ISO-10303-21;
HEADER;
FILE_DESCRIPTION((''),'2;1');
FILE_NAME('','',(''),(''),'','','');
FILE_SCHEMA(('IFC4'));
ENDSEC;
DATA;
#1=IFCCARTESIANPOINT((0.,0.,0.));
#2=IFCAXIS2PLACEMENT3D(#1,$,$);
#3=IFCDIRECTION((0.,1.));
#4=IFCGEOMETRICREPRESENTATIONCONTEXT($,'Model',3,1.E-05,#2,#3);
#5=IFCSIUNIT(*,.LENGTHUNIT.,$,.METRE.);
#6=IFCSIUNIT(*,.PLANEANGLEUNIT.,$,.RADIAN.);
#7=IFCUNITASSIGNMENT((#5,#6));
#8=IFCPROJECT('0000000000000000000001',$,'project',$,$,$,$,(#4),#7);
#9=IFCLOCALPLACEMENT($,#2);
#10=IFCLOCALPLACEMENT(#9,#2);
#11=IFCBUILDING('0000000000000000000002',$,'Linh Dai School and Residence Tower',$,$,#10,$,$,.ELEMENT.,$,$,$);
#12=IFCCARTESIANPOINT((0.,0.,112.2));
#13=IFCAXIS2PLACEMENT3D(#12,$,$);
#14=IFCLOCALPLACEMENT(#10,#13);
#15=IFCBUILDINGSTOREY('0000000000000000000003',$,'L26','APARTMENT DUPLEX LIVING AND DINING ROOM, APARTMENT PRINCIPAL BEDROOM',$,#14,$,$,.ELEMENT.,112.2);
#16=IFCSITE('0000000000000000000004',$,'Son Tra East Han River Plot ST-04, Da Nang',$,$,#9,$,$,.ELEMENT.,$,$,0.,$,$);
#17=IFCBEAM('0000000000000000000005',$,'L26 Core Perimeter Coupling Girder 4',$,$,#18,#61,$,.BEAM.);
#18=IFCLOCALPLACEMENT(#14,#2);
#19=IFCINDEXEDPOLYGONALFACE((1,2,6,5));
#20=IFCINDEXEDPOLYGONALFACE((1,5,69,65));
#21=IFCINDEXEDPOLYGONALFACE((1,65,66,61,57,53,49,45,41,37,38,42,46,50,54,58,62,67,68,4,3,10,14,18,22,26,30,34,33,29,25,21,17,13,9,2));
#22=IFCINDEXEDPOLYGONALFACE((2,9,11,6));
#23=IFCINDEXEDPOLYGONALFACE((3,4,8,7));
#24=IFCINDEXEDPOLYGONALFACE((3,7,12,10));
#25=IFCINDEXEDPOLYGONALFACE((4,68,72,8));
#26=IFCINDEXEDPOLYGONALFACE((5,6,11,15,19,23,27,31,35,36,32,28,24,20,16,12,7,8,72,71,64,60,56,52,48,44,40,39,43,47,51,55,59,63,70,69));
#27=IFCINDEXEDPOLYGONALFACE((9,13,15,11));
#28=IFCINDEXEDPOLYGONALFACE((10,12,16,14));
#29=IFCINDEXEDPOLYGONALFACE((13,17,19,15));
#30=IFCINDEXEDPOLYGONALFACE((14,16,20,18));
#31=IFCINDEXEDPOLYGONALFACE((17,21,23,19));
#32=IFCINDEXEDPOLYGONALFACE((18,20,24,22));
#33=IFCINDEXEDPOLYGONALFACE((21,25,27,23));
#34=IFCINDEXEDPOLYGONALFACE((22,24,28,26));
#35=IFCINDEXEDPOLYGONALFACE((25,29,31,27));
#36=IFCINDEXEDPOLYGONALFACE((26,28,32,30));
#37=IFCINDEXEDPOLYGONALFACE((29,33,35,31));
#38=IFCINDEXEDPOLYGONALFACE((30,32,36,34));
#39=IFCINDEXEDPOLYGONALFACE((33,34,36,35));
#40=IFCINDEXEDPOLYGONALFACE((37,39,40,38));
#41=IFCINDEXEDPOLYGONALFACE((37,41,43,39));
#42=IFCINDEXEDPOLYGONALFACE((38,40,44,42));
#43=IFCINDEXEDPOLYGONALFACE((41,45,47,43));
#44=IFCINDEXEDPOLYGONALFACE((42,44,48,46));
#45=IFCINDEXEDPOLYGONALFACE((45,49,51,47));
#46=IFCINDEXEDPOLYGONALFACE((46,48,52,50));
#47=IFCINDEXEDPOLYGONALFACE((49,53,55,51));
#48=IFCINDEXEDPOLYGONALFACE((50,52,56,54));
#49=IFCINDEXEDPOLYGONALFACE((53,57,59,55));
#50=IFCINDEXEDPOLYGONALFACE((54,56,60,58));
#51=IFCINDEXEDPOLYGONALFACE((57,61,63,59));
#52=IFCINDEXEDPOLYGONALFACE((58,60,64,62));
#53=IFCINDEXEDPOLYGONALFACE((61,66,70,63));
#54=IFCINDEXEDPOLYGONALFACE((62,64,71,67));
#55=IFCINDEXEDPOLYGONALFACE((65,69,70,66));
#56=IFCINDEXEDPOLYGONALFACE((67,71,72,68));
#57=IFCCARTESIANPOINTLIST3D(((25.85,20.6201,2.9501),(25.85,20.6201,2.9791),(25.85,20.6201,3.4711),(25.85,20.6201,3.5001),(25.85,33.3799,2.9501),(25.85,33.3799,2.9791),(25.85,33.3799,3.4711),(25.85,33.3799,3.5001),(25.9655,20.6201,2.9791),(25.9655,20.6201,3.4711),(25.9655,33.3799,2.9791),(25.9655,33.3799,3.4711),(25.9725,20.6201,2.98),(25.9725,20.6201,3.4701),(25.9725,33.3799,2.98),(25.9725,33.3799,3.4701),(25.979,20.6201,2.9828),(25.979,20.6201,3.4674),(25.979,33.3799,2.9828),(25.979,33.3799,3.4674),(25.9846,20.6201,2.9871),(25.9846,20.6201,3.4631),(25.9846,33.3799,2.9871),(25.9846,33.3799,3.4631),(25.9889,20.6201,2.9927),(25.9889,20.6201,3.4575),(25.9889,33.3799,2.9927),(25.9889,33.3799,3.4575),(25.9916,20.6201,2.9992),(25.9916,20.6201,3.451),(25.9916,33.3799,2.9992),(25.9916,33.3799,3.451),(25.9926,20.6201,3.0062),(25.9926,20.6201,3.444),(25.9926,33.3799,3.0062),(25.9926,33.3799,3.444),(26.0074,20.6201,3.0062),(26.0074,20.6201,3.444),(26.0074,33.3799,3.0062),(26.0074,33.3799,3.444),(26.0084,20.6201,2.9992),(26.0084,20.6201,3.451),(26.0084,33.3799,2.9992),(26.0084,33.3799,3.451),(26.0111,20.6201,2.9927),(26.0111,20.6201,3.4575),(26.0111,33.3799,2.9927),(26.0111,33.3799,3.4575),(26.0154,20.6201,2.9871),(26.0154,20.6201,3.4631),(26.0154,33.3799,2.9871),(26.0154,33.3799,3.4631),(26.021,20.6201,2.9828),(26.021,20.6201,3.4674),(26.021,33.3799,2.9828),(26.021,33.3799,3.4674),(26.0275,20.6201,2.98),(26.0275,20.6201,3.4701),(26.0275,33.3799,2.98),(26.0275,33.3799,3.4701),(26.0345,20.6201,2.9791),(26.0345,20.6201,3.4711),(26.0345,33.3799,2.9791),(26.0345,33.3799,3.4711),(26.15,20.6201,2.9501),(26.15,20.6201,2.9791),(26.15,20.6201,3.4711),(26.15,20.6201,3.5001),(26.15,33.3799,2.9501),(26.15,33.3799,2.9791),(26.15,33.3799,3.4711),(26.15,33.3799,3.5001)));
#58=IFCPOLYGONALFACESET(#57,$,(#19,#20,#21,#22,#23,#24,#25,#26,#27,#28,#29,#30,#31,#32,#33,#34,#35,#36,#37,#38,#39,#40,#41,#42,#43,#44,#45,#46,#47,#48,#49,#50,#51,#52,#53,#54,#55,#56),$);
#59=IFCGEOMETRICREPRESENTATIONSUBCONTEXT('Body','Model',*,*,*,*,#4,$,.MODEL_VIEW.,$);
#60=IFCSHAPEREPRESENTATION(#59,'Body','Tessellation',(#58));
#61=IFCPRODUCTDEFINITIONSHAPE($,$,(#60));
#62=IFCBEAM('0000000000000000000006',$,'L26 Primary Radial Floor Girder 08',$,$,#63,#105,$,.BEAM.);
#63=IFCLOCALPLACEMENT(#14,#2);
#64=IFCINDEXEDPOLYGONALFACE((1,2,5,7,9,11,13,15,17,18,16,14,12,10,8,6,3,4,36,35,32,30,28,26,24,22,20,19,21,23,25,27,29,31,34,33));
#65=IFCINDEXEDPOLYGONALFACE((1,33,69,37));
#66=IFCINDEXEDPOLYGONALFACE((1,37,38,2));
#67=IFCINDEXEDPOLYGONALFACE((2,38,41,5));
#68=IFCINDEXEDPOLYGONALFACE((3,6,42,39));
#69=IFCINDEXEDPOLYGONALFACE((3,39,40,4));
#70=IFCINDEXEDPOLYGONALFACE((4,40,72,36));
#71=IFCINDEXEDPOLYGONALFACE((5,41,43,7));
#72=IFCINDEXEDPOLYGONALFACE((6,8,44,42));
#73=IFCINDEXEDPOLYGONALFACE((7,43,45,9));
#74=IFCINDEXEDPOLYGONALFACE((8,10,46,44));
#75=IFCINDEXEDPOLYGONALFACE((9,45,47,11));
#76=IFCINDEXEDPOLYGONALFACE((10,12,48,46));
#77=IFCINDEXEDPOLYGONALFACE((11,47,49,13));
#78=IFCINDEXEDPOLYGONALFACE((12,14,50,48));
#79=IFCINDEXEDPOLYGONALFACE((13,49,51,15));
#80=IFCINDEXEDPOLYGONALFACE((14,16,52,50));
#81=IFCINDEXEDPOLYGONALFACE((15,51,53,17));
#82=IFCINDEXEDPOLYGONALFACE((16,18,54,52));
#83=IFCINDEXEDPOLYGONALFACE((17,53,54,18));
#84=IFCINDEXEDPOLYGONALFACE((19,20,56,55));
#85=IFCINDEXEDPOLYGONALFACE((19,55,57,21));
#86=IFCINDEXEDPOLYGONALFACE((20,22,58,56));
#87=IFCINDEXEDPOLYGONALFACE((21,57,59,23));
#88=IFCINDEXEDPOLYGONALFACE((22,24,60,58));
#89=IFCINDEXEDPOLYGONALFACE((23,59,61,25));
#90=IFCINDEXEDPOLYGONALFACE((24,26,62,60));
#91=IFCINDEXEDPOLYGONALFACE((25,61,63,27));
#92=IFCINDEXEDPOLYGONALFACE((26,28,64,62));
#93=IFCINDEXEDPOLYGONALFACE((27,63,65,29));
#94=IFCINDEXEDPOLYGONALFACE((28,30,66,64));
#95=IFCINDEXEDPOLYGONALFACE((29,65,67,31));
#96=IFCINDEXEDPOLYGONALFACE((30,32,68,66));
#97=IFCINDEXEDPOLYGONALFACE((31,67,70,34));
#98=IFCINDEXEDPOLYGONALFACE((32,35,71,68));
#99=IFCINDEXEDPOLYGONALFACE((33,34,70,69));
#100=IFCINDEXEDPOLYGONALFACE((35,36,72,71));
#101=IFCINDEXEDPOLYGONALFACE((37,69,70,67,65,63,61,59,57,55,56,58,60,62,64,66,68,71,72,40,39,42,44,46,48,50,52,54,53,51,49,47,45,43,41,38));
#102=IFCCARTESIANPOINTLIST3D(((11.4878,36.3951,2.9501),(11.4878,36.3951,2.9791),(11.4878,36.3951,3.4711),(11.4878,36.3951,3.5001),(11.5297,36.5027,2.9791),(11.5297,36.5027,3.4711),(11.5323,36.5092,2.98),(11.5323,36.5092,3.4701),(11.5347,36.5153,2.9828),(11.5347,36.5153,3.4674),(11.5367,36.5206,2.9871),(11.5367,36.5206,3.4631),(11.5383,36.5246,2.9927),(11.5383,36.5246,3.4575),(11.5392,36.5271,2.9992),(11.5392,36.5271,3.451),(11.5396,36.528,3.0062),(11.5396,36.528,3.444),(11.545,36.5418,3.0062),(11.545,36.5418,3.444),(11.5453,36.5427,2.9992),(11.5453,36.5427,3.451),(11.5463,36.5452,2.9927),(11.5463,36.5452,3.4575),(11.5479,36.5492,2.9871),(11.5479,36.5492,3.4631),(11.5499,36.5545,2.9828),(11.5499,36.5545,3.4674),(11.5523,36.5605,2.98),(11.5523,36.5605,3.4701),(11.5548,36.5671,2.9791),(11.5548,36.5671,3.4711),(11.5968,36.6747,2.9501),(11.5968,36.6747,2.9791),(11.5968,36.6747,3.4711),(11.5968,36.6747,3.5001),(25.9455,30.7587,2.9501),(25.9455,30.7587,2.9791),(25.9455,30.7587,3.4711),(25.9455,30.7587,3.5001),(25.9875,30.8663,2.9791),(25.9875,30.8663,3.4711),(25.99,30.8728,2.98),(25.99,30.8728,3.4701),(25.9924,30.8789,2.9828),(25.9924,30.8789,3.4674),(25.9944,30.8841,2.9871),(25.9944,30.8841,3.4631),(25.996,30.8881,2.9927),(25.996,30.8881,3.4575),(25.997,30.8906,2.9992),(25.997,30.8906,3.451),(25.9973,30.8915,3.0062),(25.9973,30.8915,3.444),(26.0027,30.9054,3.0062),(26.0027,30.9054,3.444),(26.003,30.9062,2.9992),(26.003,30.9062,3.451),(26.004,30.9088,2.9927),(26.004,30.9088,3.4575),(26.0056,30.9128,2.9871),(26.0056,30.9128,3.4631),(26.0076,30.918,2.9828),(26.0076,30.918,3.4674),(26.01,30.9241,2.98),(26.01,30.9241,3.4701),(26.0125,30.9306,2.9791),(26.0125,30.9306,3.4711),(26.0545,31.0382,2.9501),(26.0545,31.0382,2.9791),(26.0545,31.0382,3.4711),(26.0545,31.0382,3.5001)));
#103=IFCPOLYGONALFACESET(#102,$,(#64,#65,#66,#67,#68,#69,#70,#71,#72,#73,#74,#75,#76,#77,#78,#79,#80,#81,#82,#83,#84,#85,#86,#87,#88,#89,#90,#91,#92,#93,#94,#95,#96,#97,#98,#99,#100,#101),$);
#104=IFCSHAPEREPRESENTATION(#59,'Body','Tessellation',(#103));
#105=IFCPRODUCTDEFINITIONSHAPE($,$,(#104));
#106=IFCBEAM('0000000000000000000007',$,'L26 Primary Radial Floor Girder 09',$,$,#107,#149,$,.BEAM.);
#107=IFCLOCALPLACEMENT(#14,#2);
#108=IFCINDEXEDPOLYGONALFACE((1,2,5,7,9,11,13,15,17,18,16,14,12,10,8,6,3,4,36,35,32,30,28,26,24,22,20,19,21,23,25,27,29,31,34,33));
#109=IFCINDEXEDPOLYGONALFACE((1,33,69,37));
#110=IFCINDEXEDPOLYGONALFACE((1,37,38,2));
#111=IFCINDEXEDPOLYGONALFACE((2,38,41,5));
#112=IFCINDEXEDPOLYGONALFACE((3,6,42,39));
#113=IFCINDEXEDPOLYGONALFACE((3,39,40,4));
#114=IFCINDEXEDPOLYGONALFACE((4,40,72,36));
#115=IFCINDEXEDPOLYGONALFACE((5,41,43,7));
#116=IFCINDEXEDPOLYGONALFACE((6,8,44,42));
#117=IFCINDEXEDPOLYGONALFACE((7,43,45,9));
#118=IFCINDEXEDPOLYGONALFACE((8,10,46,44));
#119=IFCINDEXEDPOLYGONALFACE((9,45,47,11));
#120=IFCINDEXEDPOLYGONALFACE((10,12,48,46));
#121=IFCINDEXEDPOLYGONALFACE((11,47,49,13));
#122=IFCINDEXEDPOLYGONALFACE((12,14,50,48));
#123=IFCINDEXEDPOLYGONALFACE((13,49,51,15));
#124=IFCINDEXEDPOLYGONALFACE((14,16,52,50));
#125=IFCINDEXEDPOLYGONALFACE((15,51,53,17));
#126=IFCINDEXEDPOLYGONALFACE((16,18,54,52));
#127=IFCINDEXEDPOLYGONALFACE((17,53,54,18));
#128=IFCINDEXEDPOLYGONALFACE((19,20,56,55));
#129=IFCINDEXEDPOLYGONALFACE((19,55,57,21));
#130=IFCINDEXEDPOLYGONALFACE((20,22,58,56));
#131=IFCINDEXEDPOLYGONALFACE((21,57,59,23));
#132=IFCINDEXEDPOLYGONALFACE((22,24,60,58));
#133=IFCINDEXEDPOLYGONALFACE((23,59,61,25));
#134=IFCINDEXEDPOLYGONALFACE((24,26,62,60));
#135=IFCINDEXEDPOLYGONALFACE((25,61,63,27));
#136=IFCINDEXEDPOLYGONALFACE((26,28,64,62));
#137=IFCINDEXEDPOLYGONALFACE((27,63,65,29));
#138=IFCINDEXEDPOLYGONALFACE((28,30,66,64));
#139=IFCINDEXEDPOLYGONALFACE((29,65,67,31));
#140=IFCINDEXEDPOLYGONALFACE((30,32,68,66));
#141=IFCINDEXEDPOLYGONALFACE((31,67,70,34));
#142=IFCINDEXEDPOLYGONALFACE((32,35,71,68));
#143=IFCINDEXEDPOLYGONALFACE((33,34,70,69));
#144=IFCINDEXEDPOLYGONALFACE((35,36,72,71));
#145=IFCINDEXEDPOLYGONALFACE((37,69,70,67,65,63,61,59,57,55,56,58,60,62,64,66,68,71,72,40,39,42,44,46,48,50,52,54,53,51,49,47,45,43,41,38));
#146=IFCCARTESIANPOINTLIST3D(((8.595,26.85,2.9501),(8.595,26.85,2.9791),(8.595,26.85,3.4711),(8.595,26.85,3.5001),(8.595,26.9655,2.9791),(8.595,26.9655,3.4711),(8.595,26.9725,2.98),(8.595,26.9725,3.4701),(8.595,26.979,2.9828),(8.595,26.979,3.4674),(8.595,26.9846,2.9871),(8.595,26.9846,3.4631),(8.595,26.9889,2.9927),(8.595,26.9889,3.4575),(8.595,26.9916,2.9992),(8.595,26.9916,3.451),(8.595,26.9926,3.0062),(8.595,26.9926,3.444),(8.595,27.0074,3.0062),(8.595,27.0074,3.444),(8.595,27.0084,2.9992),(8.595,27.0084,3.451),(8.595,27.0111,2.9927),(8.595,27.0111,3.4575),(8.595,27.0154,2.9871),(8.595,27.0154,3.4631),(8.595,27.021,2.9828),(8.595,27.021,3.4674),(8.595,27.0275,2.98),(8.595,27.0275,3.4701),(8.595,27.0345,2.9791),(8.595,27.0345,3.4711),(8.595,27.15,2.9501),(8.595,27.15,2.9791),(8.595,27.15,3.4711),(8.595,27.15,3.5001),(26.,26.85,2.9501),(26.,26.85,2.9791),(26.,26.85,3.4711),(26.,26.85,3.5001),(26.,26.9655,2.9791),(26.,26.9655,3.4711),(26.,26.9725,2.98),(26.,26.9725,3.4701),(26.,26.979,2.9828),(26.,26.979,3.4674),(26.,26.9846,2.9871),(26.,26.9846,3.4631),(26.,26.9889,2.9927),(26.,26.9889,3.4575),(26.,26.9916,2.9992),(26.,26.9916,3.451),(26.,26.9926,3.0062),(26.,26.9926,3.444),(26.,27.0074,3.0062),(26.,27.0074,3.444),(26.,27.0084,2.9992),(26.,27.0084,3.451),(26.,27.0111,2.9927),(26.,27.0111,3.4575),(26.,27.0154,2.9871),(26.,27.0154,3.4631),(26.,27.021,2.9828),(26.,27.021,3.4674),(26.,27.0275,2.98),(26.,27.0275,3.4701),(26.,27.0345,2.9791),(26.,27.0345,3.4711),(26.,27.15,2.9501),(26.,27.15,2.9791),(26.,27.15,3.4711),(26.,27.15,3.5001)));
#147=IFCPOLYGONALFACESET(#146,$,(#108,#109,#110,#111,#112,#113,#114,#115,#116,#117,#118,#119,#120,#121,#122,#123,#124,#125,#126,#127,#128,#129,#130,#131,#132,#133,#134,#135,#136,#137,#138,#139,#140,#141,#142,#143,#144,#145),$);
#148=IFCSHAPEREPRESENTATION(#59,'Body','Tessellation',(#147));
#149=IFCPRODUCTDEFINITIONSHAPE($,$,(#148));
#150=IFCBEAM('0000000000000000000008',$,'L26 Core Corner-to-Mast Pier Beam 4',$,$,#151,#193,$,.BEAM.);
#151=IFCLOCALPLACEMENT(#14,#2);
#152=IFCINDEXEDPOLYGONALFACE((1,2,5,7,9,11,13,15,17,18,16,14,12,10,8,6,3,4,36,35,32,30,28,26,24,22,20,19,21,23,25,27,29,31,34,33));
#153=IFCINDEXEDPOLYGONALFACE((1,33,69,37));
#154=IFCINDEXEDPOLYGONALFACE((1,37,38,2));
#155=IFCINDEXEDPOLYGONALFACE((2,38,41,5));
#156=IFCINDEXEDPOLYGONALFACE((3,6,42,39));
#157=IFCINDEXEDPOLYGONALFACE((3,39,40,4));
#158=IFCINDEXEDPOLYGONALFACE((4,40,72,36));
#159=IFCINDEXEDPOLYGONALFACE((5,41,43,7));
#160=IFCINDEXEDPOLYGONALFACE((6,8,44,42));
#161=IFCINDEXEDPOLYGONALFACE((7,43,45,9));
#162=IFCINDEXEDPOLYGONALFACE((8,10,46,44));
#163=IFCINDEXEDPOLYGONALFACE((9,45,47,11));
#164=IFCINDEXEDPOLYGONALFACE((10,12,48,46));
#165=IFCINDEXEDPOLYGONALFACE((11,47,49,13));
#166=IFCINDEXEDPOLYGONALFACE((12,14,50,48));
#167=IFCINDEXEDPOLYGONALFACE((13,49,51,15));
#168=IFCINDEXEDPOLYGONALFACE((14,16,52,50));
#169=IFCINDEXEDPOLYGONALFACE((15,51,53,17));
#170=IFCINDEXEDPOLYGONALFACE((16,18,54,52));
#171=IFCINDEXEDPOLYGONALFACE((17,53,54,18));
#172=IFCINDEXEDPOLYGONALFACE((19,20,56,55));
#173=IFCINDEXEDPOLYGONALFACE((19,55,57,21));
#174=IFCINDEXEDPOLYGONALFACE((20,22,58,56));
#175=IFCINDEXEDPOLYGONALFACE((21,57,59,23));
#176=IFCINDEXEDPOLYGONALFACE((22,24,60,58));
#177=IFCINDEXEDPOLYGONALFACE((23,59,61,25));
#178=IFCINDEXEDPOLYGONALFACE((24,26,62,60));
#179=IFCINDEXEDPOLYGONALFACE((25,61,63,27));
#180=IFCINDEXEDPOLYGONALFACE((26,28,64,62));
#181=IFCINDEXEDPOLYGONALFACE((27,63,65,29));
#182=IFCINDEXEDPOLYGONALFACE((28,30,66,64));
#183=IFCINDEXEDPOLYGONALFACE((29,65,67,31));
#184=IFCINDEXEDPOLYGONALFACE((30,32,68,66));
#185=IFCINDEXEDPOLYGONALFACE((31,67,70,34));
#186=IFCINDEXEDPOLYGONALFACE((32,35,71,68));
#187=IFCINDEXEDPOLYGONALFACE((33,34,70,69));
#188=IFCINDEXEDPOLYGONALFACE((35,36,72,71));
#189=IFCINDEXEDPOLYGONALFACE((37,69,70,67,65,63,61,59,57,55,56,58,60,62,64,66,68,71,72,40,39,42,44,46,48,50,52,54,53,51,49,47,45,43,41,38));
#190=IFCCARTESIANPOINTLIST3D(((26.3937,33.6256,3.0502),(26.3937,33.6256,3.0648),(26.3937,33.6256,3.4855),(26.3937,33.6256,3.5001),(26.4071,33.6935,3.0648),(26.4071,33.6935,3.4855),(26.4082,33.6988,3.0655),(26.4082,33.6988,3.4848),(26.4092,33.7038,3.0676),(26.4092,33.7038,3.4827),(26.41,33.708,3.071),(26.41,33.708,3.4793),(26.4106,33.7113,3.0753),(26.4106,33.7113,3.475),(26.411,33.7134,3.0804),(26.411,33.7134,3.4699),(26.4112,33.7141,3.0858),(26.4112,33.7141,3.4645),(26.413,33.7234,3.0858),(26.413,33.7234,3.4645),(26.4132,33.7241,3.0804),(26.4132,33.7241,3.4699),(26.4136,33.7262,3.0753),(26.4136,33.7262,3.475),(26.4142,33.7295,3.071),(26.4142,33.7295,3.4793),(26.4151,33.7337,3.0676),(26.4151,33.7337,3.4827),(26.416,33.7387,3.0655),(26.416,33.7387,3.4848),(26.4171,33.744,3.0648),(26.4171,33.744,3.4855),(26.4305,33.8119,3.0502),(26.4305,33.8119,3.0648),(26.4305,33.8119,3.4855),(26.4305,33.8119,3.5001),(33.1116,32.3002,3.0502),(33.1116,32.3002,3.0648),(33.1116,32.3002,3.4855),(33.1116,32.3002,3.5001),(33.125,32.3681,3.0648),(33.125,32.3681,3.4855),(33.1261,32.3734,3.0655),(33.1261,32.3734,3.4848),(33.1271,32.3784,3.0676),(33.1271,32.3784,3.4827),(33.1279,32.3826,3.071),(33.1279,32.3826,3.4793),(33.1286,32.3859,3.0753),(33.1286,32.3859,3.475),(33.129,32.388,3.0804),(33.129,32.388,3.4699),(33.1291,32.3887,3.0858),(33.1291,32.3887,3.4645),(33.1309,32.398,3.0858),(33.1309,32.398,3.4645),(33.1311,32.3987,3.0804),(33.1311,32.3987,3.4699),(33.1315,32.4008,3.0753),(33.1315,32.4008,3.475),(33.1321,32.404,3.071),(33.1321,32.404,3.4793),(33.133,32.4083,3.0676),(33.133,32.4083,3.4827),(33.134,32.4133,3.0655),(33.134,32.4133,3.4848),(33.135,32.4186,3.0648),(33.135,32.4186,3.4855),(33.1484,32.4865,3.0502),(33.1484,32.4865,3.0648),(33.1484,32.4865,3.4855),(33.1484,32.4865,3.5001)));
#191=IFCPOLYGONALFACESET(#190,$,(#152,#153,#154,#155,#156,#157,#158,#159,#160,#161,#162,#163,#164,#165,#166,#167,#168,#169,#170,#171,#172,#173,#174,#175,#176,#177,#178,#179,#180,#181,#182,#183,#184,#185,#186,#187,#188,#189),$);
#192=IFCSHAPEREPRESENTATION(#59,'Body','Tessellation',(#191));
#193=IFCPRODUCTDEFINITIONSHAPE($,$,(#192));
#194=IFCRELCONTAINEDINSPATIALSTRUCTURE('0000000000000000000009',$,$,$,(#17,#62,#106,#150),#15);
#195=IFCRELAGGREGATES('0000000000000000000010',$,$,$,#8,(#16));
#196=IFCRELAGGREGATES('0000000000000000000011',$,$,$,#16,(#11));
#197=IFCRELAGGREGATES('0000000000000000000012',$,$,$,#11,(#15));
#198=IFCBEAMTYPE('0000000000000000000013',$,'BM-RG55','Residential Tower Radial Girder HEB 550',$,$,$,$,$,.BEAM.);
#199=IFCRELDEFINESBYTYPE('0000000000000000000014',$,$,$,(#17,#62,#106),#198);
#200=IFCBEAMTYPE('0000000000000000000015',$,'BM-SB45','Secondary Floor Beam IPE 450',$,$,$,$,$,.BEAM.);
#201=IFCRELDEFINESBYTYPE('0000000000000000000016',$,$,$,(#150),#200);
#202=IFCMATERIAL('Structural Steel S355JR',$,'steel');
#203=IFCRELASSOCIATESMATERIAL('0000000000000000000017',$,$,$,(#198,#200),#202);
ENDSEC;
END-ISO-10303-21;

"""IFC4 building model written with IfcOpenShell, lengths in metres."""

from ifc_helpers import new_model, si_unit, direction, frame, origin, origin_2d, place, context, subcontext, project, spatial, i_section, extrude, material, material_profile, profile_set, type_object, element, save


model = new_model("IFC4")

# Units and contexts
model_context = context("Model", 3, precision=1e-05, world=origin(), true_north=direction((0.0, 1.0)))
body_context = subcontext(model_context, "Body", "Model", "MODEL_VIEW")
ifc_project = project(units=[si_unit("LENGTHUNIT", "METRE"), si_unit("PLANEANGLEUNIT", "RADIAN")], contexts=[model_context])

# Site, building, storey
site_placement = place(None, origin())
site = spatial("IfcSite", under=ifc_project, at=site_placement, Name="Son Tra East Han River Plot ST-04, Da Nang", CompositionType="ELEMENT", RefElevation=0.0)
building_placement = place(site_placement, origin())
building = spatial("IfcBuilding", under=site, at=building_placement, Name="Linh Dai School and Residence Tower", CompositionType="ELEMENT")
storey_placement = place(building_placement, frame((0.0, 0.0, 112.2)))
storey = spatial("IfcBuildingStorey", under=building, at=storey_placement, Name="L26", Description="APARTMENT DUPLEX LIVING AND DINING ROOM, APARTMENT PRINCIPAL BEDROOM", CompositionType="ELEMENT", Elevation=112.2)

# Shared definitions
ifc_material_1 = material(Name="Structural Steel S355JR", Category="steel")

# Beams
ifc_material_profile_1 = material_profile(ifc_material_1, i_section(OverallWidth=0.3, OverallDepth=0.55, WebThickness=0.0149, FlangeThickness=0.0291, FilletRadius=0.0271, at=origin_2d()), Name="HEB 550")
ifc_profile_set_1 = profile_set([ifc_material_profile_1], Name="Structural Steel S355JR")
beam_type_1 = type_object("IfcBeamType", Name="BM-RG55", Description="Residential Tower Radial Girder HEB 550", PredefinedType="BEAM", material=ifc_profile_set_1)
beam_1_placement = place(storey_placement, frame((26.0, 33.3799, 3.2251), z_axis=(0.0, -1.0, 0.0), x_axis=(1.0, 0.0, 0.0)))
element("IfcBeam", 1, at=beam_1_placement, inside=storey, type_object=beam_type_1, Name="L26 Core Perimeter Coupling Girder 4", PredefinedType="BEAM", context=body_context, shape_type="SweptSolid", body=[
    extrude(i_section(OverallWidth=0.3, OverallDepth=0.55, WebThickness=0.0149, FlangeThickness=0.0291, FilletRadius=0.0271, at=origin_2d()), origin(), (0.0, 0.0, 1.0), 12.7598),
])
beam_2_placement = place(storey_placement, frame((26.0, 30.8984, 3.2251), z_axis=(-0.931699, 0.36323, 0.0), x_axis=(-0.36323, -0.931699, 0.0)))
element("IfcBeam", 2, at=beam_2_placement, inside=storey, type_object=beam_type_1, Name="L26 Primary Radial Floor Girder 08", PredefinedType="BEAM", context=body_context, shape_type="SweptSolid", body=[
    extrude(i_section(OverallWidth=0.3, OverallDepth=0.55, WebThickness=0.0149, FlangeThickness=0.0291, FilletRadius=0.0271, at=origin_2d()), origin(), (0.0, 0.0, 1.0), 15.5176),
])
beam_3_placement = place(storey_placement, frame((26.0, 27.0, 3.2251), z_axis=(-1.0, 0.0, 0.0), x_axis=(0.0, -1.0, 0.0)))
element("IfcBeam", 3, at=beam_3_placement, inside=storey, type_object=beam_type_1, Name="L26 Primary Radial Floor Girder 09", PredefinedType="BEAM", context=body_context, shape_type="SweptSolid", body=[
    extrude(i_section(OverallWidth=0.3, OverallDepth=0.55, WebThickness=0.0149, FlangeThickness=0.0291, FilletRadius=0.0271, at=origin_2d()), origin(), (0.0, 0.0, 1.0), 17.405),
])
ifc_material_profile_2 = material_profile(ifc_material_1, i_section(OverallWidth=0.1899, OverallDepth=0.45, WebThickness=0.0095, FlangeThickness=0.0146, FilletRadius=0.021, at=origin_2d()), Name="IPE 450")
ifc_profile_set_2 = profile_set([ifc_material_profile_2], Name="Structural Steel S355JR")
beam_type_2 = type_object("IfcBeamType", Name="BM-SB45", Description="Secondary Floor Beam IPE 450", PredefinedType="BEAM", material=ifc_profile_set_2)
beam_4_placement = place(storey_placement, frame((26.4121, 33.7188, 3.2751), z_axis=(0.981087, -0.193565, 0.0), x_axis=(0.193565, 0.981087, 0.0)))
element("IfcBeam", 4, at=beam_4_placement, inside=storey, type_object=beam_type_2, Name="L26 Core Corner-to-Mast Pier Beam 4", PredefinedType="BEAM", context=body_context, shape_type="SweptSolid", body=[
    extrude(i_section(OverallWidth=0.1899, OverallDepth=0.45, WebThickness=0.0095, FlangeThickness=0.0146, FilletRadius=0.021, at=origin_2d()), origin(), (0.0, 0.0, 1.0), 6.8474),
])

save(model, "model.ifc")
